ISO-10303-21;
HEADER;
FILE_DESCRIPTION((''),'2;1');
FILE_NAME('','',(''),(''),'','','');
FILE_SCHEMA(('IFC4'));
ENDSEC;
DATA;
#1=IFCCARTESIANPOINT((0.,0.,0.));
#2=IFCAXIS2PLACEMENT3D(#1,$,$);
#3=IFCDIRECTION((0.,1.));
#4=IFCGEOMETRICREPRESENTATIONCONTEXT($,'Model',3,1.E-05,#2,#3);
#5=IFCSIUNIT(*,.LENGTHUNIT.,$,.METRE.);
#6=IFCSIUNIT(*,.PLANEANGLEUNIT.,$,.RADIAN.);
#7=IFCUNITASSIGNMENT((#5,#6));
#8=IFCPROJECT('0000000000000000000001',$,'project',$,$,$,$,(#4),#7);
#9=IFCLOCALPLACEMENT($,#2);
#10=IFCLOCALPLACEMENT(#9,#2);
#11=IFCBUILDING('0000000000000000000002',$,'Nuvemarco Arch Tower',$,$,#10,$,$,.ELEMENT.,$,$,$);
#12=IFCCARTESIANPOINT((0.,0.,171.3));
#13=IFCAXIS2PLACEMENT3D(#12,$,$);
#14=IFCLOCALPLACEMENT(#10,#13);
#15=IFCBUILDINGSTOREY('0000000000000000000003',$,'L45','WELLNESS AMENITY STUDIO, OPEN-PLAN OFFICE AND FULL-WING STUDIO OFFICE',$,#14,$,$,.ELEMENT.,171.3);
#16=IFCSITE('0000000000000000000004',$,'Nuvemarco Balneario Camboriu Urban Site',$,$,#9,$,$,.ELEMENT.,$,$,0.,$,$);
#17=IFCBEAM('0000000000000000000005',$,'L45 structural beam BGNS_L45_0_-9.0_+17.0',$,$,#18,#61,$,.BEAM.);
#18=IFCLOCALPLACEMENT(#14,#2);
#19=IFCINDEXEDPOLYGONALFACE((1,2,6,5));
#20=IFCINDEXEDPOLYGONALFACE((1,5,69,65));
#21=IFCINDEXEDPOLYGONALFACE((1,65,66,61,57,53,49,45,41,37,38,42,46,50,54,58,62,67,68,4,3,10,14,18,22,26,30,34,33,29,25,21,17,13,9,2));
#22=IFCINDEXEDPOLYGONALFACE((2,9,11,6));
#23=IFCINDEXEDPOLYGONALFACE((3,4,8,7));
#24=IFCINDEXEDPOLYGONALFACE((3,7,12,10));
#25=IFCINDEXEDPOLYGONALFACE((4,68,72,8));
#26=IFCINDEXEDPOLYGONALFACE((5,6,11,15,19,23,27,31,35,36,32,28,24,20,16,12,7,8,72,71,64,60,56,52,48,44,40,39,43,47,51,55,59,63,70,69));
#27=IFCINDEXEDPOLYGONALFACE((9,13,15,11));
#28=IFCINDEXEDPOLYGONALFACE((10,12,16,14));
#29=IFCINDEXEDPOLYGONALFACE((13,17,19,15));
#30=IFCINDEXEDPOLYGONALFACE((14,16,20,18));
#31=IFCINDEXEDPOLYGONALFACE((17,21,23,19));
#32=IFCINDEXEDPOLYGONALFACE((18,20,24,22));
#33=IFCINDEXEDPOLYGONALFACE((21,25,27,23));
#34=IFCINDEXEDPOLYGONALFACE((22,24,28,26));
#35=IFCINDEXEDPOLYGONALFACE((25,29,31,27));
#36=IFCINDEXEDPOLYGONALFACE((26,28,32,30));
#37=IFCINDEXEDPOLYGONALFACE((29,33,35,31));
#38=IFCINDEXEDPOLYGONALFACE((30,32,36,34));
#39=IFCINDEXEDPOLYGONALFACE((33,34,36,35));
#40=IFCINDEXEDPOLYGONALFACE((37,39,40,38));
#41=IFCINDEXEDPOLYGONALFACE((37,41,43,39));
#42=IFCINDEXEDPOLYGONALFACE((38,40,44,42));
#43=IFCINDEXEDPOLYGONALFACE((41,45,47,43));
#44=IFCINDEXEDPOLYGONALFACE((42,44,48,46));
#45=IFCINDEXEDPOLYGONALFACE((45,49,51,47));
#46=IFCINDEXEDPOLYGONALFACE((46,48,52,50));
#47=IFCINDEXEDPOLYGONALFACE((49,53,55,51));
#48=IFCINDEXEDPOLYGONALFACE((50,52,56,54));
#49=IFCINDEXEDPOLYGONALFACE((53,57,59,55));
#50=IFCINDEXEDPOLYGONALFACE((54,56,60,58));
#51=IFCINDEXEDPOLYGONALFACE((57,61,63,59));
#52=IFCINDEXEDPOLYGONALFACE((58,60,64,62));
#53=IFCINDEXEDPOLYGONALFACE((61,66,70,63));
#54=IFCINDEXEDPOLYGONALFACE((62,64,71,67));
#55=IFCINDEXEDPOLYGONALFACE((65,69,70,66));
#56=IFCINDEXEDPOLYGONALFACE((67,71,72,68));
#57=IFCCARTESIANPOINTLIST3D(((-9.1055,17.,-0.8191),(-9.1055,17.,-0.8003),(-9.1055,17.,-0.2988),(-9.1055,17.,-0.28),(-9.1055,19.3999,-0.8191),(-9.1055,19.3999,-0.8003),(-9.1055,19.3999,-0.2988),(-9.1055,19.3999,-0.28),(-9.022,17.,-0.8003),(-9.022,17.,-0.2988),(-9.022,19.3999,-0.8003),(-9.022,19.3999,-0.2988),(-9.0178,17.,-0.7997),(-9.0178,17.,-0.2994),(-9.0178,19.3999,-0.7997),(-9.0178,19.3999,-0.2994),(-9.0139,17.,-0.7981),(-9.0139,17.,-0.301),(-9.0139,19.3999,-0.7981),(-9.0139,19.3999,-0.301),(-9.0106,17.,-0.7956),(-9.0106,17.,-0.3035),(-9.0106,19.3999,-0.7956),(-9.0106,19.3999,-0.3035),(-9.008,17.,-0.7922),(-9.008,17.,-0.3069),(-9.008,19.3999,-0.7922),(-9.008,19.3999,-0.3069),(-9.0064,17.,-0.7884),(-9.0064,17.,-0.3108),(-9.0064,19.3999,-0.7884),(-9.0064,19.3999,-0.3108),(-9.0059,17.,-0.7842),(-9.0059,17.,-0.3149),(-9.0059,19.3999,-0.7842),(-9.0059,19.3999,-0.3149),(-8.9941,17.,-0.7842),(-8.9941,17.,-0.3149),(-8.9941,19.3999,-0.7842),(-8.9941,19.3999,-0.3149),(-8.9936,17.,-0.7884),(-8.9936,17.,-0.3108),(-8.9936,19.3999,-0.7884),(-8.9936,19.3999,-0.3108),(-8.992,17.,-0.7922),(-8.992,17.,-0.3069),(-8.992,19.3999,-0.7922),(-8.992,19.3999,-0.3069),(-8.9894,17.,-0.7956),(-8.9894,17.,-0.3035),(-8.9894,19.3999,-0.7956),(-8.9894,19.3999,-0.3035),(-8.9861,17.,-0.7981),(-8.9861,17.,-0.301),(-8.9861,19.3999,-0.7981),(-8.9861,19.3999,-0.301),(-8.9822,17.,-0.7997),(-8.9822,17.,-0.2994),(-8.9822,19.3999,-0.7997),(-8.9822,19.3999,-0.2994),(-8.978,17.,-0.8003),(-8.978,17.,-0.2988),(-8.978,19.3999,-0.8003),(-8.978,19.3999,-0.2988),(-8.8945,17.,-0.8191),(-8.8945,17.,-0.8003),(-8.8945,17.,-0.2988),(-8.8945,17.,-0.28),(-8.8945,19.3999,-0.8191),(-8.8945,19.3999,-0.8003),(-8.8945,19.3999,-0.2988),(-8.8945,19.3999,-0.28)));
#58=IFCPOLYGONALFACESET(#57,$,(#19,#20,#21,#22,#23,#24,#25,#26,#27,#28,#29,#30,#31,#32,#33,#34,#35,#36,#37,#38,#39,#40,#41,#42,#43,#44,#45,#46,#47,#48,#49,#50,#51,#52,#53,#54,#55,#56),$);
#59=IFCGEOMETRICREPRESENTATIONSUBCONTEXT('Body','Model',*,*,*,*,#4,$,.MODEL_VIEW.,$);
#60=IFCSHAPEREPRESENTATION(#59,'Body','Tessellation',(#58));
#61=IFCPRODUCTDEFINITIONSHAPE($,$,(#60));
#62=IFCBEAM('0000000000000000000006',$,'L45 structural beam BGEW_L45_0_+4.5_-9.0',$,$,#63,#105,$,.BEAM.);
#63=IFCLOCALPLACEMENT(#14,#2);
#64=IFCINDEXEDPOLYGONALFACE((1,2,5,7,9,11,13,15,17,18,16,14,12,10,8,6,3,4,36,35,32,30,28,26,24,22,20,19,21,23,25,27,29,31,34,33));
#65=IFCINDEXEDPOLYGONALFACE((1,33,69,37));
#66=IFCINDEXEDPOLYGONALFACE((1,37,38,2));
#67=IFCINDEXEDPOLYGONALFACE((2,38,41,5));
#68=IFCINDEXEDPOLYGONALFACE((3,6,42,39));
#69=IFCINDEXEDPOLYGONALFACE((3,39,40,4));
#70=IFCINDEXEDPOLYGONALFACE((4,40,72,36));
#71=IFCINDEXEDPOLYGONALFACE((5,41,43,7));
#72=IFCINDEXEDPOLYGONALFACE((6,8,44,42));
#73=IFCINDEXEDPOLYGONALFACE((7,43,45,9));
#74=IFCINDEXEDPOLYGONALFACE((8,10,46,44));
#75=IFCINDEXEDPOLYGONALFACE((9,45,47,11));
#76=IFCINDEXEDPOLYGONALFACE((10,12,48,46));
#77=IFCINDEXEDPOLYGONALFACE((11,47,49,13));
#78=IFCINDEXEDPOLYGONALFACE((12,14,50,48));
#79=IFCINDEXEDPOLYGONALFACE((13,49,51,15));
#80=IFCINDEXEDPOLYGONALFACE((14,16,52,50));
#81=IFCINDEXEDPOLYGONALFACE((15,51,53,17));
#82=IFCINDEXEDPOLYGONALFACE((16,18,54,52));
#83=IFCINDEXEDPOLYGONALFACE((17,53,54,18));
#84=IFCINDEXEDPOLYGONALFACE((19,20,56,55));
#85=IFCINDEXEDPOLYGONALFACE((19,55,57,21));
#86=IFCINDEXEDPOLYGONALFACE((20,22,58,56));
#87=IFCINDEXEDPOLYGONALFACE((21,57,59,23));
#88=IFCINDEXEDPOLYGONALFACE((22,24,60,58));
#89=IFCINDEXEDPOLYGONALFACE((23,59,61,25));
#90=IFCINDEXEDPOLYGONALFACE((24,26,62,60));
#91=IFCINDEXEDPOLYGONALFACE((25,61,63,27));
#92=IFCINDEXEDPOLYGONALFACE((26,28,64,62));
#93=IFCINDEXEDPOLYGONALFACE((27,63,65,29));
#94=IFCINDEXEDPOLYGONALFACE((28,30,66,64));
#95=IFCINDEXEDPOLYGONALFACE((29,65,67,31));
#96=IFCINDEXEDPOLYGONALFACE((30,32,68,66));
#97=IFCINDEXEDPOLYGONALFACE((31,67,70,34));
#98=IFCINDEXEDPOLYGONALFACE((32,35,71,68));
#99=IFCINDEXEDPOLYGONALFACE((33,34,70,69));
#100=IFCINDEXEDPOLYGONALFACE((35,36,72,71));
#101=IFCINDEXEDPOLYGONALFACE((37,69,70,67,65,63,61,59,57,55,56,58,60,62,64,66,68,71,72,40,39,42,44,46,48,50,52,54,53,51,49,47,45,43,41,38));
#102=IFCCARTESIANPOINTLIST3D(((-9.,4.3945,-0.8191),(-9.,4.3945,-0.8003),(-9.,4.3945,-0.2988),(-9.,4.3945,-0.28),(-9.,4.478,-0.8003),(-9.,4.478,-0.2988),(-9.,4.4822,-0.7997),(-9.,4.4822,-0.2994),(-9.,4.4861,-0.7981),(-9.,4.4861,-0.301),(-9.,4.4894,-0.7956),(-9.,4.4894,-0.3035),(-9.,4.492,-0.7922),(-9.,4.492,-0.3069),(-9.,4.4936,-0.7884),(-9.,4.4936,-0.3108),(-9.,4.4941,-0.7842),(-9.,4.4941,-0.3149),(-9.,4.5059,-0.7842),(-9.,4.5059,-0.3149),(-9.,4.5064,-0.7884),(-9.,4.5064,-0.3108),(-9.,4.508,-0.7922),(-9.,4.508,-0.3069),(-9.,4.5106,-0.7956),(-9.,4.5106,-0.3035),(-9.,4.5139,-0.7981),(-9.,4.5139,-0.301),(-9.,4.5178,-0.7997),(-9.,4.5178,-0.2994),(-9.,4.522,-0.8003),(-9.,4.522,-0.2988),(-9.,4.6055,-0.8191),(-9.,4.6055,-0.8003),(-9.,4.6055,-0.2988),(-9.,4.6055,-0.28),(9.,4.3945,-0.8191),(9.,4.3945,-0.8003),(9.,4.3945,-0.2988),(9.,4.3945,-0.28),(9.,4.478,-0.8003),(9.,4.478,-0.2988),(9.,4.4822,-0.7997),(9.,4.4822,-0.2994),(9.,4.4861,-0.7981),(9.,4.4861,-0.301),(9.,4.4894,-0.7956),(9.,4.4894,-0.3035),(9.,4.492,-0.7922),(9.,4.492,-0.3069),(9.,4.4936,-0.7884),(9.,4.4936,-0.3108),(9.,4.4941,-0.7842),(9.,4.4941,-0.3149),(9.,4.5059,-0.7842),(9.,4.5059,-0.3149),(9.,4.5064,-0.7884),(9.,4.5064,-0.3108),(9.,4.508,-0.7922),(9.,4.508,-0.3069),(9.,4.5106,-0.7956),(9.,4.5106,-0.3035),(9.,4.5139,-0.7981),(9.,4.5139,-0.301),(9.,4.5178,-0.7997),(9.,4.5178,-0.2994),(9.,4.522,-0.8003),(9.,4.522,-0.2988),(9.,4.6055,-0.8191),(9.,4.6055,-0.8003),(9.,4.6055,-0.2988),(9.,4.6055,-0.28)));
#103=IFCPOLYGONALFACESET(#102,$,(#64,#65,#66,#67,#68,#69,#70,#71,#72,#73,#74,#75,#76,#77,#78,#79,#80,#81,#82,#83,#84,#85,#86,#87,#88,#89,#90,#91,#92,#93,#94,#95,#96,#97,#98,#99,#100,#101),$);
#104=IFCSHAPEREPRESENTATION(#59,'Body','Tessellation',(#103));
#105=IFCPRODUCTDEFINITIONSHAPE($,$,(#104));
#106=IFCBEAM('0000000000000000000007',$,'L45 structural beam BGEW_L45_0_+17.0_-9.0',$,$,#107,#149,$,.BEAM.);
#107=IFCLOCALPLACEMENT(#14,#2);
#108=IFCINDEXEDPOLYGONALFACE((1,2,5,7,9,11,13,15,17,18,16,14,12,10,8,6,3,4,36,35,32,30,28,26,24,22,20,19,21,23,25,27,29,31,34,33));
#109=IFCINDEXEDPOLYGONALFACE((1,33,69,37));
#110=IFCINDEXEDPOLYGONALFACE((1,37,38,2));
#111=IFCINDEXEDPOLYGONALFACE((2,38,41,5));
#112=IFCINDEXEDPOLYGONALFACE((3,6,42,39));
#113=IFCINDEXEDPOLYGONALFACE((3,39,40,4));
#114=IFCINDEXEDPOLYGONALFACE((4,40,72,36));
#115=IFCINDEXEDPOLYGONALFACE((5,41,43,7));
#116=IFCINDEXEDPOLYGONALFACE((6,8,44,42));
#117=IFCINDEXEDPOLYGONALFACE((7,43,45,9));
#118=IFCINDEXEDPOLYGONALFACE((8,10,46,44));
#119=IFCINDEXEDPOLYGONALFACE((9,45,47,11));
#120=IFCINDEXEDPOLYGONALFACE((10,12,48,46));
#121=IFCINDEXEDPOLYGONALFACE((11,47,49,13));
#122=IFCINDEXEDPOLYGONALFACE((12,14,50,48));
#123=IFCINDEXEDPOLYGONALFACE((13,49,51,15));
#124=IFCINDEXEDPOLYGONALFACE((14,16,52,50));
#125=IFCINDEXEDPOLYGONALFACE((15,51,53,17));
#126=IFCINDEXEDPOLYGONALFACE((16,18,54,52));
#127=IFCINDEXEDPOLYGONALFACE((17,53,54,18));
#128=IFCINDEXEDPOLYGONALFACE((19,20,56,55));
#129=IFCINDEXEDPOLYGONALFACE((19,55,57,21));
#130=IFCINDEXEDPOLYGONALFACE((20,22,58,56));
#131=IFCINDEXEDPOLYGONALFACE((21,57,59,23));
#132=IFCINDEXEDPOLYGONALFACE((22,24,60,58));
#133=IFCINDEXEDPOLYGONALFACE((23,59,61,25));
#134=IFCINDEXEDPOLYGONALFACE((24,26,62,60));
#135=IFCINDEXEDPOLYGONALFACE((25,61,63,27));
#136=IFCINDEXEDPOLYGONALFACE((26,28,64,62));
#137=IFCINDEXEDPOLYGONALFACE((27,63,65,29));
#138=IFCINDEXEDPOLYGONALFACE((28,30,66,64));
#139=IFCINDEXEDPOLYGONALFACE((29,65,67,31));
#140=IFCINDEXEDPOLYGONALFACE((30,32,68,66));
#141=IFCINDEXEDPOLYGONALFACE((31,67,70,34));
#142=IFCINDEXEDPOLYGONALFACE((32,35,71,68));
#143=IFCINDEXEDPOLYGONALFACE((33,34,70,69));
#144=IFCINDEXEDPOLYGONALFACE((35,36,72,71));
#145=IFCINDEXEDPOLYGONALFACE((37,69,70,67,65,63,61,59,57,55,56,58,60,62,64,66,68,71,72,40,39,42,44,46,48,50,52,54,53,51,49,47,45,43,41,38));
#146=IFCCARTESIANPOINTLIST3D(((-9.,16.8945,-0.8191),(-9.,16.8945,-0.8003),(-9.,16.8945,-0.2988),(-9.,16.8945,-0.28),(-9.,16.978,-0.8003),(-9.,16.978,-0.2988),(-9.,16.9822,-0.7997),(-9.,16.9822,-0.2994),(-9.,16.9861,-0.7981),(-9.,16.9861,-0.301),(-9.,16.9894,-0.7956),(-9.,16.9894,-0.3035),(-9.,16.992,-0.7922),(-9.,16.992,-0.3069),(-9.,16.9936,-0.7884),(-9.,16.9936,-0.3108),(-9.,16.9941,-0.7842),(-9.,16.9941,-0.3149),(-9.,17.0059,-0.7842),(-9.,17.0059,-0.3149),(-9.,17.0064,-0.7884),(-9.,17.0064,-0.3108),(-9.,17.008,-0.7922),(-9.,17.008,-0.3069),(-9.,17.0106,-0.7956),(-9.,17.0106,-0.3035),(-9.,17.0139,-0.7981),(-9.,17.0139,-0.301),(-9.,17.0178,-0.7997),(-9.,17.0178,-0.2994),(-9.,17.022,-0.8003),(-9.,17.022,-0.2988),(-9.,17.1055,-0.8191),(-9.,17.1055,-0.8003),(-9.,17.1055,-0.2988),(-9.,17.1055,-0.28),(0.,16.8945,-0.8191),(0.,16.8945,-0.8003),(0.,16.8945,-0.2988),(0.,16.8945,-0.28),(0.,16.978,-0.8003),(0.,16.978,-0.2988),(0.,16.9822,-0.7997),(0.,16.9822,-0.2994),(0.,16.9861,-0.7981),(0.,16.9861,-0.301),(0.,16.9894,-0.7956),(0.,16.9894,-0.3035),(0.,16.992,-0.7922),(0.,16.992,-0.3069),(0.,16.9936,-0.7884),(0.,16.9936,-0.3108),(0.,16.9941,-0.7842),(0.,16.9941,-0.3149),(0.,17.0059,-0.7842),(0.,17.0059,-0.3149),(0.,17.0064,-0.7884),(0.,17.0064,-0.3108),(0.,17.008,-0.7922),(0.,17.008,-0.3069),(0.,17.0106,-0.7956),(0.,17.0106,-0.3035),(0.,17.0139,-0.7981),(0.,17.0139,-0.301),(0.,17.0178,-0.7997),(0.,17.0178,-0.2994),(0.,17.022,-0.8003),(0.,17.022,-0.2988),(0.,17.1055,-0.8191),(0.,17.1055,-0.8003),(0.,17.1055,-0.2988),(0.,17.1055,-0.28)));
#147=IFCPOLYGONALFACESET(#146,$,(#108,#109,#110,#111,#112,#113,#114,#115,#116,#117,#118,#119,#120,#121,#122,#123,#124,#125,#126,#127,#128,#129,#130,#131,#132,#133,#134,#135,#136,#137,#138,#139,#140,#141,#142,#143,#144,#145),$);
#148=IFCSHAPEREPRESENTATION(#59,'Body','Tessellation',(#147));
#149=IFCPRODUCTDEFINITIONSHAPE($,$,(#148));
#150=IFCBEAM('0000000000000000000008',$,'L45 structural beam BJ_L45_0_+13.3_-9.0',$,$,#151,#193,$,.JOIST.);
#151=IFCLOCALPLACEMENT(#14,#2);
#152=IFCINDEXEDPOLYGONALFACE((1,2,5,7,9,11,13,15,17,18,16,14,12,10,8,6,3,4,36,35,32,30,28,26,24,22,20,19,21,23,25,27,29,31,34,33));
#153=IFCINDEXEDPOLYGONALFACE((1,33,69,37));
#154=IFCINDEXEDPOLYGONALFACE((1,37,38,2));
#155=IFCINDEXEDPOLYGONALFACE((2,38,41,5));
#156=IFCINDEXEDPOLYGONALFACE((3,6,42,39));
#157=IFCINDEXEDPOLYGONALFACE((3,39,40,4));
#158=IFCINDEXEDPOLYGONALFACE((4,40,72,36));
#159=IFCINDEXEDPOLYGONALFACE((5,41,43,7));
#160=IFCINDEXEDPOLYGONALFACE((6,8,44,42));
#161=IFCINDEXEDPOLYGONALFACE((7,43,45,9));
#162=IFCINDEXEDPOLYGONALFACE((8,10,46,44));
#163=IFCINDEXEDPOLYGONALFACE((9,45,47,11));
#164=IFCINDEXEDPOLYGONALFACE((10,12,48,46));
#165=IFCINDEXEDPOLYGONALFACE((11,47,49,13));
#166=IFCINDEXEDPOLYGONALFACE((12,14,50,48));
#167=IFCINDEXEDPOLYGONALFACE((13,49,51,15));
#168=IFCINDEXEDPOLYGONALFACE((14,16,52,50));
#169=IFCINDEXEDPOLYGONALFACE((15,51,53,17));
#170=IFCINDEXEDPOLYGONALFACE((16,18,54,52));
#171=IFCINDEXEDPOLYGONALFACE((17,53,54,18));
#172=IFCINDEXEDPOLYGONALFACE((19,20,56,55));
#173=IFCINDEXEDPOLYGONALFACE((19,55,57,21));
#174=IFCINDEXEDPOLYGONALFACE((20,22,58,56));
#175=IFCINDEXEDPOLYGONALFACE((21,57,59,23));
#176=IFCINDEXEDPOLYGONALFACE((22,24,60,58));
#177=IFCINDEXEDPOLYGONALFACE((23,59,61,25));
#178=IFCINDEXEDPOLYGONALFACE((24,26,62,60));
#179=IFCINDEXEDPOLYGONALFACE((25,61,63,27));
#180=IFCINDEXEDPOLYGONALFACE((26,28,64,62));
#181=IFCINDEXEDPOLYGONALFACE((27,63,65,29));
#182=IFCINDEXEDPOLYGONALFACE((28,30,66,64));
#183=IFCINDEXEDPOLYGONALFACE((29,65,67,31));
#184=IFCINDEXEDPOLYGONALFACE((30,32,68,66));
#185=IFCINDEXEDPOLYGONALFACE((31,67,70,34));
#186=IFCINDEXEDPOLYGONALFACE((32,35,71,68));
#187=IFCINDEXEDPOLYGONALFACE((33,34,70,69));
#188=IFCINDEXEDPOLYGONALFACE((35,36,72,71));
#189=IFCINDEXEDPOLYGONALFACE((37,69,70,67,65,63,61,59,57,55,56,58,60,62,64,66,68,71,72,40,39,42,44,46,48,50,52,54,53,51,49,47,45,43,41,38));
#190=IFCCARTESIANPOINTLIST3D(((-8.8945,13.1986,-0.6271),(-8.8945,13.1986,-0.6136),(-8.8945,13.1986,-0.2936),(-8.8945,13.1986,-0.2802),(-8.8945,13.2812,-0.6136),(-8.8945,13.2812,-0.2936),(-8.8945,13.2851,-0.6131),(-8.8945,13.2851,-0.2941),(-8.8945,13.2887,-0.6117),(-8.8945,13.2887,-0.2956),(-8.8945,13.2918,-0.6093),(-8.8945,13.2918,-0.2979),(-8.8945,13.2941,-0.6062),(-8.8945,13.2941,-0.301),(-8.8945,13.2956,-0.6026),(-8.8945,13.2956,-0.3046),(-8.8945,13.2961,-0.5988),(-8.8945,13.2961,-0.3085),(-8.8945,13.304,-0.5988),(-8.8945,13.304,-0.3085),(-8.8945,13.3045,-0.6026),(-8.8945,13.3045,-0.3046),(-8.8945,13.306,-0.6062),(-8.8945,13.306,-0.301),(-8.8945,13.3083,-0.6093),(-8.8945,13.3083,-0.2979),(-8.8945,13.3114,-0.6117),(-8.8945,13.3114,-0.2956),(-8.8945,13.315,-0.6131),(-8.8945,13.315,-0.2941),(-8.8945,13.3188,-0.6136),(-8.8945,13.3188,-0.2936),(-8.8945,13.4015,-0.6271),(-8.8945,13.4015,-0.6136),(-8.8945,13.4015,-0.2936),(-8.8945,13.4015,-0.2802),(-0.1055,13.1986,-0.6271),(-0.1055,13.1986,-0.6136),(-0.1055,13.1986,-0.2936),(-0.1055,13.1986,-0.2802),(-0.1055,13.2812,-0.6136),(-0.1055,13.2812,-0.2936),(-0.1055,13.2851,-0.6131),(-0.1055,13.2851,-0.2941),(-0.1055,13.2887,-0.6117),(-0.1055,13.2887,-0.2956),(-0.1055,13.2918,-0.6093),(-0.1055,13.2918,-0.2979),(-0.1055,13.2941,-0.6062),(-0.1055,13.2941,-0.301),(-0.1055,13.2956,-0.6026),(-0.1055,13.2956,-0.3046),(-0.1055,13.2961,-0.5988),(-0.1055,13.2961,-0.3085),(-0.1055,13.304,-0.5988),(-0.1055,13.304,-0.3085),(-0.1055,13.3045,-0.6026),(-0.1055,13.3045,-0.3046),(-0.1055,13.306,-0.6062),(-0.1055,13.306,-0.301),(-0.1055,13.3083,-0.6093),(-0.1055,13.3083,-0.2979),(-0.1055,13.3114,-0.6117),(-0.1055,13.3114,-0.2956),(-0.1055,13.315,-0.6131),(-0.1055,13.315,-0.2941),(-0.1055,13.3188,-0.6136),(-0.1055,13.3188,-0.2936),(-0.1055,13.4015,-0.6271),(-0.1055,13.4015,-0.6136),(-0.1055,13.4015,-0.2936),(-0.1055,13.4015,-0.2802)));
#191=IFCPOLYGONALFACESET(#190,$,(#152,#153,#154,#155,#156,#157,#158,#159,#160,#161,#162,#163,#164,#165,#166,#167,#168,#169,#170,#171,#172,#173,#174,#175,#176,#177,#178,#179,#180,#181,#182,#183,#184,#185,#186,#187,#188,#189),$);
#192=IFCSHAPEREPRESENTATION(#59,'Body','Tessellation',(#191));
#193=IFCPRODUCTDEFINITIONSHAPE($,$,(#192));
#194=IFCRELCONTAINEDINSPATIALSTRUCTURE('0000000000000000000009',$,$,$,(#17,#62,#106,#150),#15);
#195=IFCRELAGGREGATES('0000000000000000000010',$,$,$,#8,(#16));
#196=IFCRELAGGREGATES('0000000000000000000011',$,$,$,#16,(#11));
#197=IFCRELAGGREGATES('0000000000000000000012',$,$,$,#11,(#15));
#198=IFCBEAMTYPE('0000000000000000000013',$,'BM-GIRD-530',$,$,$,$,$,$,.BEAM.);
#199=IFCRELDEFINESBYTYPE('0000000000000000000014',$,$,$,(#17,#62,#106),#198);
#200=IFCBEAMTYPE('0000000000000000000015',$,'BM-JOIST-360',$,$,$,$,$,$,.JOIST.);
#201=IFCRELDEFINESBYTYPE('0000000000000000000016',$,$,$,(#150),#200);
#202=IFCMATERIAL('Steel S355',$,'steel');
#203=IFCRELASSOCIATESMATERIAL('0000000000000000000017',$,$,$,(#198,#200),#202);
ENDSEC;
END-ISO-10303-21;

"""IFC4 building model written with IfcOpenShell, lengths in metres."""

from ifc_helpers import new_model, si_unit, direction, frame, origin, origin_2d, place, context, subcontext, project, spatial, i_section, extrude, material, material_profile, profile_set, type_object, element, save


model = new_model("IFC4")

# Units and contexts
model_context = context("Model", 3, precision=1e-05, world=origin(), true_north=direction((0.0, 1.0)))
body_context = subcontext(model_context, "Body", "Model", "MODEL_VIEW")
ifc_project = project(units=[si_unit("LENGTHUNIT", "METRE"), si_unit("PLANEANGLEUNIT", "RADIAN")], contexts=[model_context])

# Site, building, storey
site_placement = place(None, origin())
site = spatial("IfcSite", under=ifc_project, at=site_placement, Name="Nuvemarco Balneario Camboriu Urban Site", CompositionType="ELEMENT", RefElevation=0.0)
building_placement = place(site_placement, origin())
building = spatial("IfcBuilding", under=site, at=building_placement, Name="Nuvemarco Arch Tower", CompositionType="ELEMENT")
storey_placement = place(building_placement, frame((0.0, 0.0, 171.3)))
storey = spatial("IfcBuildingStorey", under=building, at=storey_placement, Name="L45", Description="WELLNESS AMENITY STUDIO, OPEN-PLAN OFFICE AND FULL-WING STUDIO OFFICE", CompositionType="ELEMENT", Elevation=171.3)

# Shared definitions
ifc_material_1 = material(Name="Steel S355", Category="steel")

# Beams
ifc_material_profile_1 = material_profile(ifc_material_1, i_section(OverallWidth=0.2109, OverallDepth=0.5391, WebThickness=0.0117, FlangeThickness=0.0188, FilletRadius=0.0161, at=origin_2d()), Name="W530x109")
ifc_profile_set_1 = profile_set([ifc_material_profile_1], Name="Steel S355")
beam_type_1 = type_object("IfcBeamType", Name="BM-GIRD-530", PredefinedType="BEAM", material=ifc_profile_set_1)
beam_1_placement = place(storey_placement, frame((-9.0, 17.0, -0.5496), z_axis=(0.0, 1.0, 0.0), x_axis=(-1.0, 0.0, 0.0)))
element("IfcBeam", 1, at=beam_1_placement, inside=storey, type_object=beam_type_1, Name="L45 structural beam BGNS_L45_0_-9.0_+17.0", PredefinedType="BEAM", context=body_context, shape_type="SweptSolid", body=[
    extrude(i_section(OverallWidth=0.2109, OverallDepth=0.5391, WebThickness=0.0117, FlangeThickness=0.0188, FilletRadius=0.0161, at=origin_2d()), origin(), (0.0, 0.0, 1.0), 2.3999),
])
beam_2_placement = place(storey_placement, frame((-9.0, 4.5, -0.5496), z_axis=(1.0, 0.0, 0.0), x_axis=(0.0, 1.0, 0.0)))
element("IfcBeam", 2, at=beam_2_placement, inside=storey, type_object=beam_type_1, Name="L45 structural beam BGEW_L45_0_+4.5_-9.0", PredefinedType="BEAM", context=body_context, shape_type="SweptSolid", body=[
    extrude(i_section(OverallWidth=0.2109, OverallDepth=0.5391, WebThickness=0.0117, FlangeThickness=0.0188, FilletRadius=0.0161, at=origin_2d()), origin(), (0.0, 0.0, 1.0), 18.0),
])
beam_3_placement = place(storey_placement, frame((-9.0, 17.0, -0.5496), z_axis=(1.0, 0.0, 0.0), x_axis=(0.0, 1.0, 0.0)))
element("IfcBeam", 3, at=beam_3_placement, inside=storey, type_object=beam_type_1, Name="L45 structural beam BGEW_L45_0_+17.0_-9.0", PredefinedType="BEAM", context=body_context, shape_type="SweptSolid", body=[
    extrude(i_section(OverallWidth=0.2109, OverallDepth=0.5391, WebThickness=0.0117, FlangeThickness=0.0188, FilletRadius=0.0161, at=origin_2d()), origin(), (0.0, 0.0, 1.0), 9.0),
])
ifc_material_profile_2 = material_profile(ifc_material_1, i_section(OverallWidth=0.2029, OverallDepth=0.3469, WebThickness=0.0078, FlangeThickness=0.0134, FilletRadius=0.0149, at=origin_2d()), Name="W360x64")
ifc_profile_set_2 = profile_set([ifc_material_profile_2], Name="Steel S355")
beam_type_2 = type_object("IfcBeamType", Name="BM-JOIST-360", PredefinedType="JOIST", material=ifc_profile_set_2)
beam_4_placement = place(storey_placement, frame((-8.8945, 13.3, -0.4536), z_axis=(1.0, 0.0, 0.0), x_axis=(0.0, 1.0, 0.0)))
element("IfcBeam", 4, at=beam_4_placement, inside=storey, type_object=beam_type_2, Name="L45 structural beam BJ_L45_0_+13.3_-9.0", PredefinedType="JOIST", context=body_context, shape_type="SweptSolid", body=[
    extrude(i_section(OverallWidth=0.2029, OverallDepth=0.3469, WebThickness=0.0078, FlangeThickness=0.0134, FilletRadius=0.0149, at=origin_2d()), origin(), (0.0, 0.0, 1.0), 8.7891),
])

save(model, "model.ifc")
